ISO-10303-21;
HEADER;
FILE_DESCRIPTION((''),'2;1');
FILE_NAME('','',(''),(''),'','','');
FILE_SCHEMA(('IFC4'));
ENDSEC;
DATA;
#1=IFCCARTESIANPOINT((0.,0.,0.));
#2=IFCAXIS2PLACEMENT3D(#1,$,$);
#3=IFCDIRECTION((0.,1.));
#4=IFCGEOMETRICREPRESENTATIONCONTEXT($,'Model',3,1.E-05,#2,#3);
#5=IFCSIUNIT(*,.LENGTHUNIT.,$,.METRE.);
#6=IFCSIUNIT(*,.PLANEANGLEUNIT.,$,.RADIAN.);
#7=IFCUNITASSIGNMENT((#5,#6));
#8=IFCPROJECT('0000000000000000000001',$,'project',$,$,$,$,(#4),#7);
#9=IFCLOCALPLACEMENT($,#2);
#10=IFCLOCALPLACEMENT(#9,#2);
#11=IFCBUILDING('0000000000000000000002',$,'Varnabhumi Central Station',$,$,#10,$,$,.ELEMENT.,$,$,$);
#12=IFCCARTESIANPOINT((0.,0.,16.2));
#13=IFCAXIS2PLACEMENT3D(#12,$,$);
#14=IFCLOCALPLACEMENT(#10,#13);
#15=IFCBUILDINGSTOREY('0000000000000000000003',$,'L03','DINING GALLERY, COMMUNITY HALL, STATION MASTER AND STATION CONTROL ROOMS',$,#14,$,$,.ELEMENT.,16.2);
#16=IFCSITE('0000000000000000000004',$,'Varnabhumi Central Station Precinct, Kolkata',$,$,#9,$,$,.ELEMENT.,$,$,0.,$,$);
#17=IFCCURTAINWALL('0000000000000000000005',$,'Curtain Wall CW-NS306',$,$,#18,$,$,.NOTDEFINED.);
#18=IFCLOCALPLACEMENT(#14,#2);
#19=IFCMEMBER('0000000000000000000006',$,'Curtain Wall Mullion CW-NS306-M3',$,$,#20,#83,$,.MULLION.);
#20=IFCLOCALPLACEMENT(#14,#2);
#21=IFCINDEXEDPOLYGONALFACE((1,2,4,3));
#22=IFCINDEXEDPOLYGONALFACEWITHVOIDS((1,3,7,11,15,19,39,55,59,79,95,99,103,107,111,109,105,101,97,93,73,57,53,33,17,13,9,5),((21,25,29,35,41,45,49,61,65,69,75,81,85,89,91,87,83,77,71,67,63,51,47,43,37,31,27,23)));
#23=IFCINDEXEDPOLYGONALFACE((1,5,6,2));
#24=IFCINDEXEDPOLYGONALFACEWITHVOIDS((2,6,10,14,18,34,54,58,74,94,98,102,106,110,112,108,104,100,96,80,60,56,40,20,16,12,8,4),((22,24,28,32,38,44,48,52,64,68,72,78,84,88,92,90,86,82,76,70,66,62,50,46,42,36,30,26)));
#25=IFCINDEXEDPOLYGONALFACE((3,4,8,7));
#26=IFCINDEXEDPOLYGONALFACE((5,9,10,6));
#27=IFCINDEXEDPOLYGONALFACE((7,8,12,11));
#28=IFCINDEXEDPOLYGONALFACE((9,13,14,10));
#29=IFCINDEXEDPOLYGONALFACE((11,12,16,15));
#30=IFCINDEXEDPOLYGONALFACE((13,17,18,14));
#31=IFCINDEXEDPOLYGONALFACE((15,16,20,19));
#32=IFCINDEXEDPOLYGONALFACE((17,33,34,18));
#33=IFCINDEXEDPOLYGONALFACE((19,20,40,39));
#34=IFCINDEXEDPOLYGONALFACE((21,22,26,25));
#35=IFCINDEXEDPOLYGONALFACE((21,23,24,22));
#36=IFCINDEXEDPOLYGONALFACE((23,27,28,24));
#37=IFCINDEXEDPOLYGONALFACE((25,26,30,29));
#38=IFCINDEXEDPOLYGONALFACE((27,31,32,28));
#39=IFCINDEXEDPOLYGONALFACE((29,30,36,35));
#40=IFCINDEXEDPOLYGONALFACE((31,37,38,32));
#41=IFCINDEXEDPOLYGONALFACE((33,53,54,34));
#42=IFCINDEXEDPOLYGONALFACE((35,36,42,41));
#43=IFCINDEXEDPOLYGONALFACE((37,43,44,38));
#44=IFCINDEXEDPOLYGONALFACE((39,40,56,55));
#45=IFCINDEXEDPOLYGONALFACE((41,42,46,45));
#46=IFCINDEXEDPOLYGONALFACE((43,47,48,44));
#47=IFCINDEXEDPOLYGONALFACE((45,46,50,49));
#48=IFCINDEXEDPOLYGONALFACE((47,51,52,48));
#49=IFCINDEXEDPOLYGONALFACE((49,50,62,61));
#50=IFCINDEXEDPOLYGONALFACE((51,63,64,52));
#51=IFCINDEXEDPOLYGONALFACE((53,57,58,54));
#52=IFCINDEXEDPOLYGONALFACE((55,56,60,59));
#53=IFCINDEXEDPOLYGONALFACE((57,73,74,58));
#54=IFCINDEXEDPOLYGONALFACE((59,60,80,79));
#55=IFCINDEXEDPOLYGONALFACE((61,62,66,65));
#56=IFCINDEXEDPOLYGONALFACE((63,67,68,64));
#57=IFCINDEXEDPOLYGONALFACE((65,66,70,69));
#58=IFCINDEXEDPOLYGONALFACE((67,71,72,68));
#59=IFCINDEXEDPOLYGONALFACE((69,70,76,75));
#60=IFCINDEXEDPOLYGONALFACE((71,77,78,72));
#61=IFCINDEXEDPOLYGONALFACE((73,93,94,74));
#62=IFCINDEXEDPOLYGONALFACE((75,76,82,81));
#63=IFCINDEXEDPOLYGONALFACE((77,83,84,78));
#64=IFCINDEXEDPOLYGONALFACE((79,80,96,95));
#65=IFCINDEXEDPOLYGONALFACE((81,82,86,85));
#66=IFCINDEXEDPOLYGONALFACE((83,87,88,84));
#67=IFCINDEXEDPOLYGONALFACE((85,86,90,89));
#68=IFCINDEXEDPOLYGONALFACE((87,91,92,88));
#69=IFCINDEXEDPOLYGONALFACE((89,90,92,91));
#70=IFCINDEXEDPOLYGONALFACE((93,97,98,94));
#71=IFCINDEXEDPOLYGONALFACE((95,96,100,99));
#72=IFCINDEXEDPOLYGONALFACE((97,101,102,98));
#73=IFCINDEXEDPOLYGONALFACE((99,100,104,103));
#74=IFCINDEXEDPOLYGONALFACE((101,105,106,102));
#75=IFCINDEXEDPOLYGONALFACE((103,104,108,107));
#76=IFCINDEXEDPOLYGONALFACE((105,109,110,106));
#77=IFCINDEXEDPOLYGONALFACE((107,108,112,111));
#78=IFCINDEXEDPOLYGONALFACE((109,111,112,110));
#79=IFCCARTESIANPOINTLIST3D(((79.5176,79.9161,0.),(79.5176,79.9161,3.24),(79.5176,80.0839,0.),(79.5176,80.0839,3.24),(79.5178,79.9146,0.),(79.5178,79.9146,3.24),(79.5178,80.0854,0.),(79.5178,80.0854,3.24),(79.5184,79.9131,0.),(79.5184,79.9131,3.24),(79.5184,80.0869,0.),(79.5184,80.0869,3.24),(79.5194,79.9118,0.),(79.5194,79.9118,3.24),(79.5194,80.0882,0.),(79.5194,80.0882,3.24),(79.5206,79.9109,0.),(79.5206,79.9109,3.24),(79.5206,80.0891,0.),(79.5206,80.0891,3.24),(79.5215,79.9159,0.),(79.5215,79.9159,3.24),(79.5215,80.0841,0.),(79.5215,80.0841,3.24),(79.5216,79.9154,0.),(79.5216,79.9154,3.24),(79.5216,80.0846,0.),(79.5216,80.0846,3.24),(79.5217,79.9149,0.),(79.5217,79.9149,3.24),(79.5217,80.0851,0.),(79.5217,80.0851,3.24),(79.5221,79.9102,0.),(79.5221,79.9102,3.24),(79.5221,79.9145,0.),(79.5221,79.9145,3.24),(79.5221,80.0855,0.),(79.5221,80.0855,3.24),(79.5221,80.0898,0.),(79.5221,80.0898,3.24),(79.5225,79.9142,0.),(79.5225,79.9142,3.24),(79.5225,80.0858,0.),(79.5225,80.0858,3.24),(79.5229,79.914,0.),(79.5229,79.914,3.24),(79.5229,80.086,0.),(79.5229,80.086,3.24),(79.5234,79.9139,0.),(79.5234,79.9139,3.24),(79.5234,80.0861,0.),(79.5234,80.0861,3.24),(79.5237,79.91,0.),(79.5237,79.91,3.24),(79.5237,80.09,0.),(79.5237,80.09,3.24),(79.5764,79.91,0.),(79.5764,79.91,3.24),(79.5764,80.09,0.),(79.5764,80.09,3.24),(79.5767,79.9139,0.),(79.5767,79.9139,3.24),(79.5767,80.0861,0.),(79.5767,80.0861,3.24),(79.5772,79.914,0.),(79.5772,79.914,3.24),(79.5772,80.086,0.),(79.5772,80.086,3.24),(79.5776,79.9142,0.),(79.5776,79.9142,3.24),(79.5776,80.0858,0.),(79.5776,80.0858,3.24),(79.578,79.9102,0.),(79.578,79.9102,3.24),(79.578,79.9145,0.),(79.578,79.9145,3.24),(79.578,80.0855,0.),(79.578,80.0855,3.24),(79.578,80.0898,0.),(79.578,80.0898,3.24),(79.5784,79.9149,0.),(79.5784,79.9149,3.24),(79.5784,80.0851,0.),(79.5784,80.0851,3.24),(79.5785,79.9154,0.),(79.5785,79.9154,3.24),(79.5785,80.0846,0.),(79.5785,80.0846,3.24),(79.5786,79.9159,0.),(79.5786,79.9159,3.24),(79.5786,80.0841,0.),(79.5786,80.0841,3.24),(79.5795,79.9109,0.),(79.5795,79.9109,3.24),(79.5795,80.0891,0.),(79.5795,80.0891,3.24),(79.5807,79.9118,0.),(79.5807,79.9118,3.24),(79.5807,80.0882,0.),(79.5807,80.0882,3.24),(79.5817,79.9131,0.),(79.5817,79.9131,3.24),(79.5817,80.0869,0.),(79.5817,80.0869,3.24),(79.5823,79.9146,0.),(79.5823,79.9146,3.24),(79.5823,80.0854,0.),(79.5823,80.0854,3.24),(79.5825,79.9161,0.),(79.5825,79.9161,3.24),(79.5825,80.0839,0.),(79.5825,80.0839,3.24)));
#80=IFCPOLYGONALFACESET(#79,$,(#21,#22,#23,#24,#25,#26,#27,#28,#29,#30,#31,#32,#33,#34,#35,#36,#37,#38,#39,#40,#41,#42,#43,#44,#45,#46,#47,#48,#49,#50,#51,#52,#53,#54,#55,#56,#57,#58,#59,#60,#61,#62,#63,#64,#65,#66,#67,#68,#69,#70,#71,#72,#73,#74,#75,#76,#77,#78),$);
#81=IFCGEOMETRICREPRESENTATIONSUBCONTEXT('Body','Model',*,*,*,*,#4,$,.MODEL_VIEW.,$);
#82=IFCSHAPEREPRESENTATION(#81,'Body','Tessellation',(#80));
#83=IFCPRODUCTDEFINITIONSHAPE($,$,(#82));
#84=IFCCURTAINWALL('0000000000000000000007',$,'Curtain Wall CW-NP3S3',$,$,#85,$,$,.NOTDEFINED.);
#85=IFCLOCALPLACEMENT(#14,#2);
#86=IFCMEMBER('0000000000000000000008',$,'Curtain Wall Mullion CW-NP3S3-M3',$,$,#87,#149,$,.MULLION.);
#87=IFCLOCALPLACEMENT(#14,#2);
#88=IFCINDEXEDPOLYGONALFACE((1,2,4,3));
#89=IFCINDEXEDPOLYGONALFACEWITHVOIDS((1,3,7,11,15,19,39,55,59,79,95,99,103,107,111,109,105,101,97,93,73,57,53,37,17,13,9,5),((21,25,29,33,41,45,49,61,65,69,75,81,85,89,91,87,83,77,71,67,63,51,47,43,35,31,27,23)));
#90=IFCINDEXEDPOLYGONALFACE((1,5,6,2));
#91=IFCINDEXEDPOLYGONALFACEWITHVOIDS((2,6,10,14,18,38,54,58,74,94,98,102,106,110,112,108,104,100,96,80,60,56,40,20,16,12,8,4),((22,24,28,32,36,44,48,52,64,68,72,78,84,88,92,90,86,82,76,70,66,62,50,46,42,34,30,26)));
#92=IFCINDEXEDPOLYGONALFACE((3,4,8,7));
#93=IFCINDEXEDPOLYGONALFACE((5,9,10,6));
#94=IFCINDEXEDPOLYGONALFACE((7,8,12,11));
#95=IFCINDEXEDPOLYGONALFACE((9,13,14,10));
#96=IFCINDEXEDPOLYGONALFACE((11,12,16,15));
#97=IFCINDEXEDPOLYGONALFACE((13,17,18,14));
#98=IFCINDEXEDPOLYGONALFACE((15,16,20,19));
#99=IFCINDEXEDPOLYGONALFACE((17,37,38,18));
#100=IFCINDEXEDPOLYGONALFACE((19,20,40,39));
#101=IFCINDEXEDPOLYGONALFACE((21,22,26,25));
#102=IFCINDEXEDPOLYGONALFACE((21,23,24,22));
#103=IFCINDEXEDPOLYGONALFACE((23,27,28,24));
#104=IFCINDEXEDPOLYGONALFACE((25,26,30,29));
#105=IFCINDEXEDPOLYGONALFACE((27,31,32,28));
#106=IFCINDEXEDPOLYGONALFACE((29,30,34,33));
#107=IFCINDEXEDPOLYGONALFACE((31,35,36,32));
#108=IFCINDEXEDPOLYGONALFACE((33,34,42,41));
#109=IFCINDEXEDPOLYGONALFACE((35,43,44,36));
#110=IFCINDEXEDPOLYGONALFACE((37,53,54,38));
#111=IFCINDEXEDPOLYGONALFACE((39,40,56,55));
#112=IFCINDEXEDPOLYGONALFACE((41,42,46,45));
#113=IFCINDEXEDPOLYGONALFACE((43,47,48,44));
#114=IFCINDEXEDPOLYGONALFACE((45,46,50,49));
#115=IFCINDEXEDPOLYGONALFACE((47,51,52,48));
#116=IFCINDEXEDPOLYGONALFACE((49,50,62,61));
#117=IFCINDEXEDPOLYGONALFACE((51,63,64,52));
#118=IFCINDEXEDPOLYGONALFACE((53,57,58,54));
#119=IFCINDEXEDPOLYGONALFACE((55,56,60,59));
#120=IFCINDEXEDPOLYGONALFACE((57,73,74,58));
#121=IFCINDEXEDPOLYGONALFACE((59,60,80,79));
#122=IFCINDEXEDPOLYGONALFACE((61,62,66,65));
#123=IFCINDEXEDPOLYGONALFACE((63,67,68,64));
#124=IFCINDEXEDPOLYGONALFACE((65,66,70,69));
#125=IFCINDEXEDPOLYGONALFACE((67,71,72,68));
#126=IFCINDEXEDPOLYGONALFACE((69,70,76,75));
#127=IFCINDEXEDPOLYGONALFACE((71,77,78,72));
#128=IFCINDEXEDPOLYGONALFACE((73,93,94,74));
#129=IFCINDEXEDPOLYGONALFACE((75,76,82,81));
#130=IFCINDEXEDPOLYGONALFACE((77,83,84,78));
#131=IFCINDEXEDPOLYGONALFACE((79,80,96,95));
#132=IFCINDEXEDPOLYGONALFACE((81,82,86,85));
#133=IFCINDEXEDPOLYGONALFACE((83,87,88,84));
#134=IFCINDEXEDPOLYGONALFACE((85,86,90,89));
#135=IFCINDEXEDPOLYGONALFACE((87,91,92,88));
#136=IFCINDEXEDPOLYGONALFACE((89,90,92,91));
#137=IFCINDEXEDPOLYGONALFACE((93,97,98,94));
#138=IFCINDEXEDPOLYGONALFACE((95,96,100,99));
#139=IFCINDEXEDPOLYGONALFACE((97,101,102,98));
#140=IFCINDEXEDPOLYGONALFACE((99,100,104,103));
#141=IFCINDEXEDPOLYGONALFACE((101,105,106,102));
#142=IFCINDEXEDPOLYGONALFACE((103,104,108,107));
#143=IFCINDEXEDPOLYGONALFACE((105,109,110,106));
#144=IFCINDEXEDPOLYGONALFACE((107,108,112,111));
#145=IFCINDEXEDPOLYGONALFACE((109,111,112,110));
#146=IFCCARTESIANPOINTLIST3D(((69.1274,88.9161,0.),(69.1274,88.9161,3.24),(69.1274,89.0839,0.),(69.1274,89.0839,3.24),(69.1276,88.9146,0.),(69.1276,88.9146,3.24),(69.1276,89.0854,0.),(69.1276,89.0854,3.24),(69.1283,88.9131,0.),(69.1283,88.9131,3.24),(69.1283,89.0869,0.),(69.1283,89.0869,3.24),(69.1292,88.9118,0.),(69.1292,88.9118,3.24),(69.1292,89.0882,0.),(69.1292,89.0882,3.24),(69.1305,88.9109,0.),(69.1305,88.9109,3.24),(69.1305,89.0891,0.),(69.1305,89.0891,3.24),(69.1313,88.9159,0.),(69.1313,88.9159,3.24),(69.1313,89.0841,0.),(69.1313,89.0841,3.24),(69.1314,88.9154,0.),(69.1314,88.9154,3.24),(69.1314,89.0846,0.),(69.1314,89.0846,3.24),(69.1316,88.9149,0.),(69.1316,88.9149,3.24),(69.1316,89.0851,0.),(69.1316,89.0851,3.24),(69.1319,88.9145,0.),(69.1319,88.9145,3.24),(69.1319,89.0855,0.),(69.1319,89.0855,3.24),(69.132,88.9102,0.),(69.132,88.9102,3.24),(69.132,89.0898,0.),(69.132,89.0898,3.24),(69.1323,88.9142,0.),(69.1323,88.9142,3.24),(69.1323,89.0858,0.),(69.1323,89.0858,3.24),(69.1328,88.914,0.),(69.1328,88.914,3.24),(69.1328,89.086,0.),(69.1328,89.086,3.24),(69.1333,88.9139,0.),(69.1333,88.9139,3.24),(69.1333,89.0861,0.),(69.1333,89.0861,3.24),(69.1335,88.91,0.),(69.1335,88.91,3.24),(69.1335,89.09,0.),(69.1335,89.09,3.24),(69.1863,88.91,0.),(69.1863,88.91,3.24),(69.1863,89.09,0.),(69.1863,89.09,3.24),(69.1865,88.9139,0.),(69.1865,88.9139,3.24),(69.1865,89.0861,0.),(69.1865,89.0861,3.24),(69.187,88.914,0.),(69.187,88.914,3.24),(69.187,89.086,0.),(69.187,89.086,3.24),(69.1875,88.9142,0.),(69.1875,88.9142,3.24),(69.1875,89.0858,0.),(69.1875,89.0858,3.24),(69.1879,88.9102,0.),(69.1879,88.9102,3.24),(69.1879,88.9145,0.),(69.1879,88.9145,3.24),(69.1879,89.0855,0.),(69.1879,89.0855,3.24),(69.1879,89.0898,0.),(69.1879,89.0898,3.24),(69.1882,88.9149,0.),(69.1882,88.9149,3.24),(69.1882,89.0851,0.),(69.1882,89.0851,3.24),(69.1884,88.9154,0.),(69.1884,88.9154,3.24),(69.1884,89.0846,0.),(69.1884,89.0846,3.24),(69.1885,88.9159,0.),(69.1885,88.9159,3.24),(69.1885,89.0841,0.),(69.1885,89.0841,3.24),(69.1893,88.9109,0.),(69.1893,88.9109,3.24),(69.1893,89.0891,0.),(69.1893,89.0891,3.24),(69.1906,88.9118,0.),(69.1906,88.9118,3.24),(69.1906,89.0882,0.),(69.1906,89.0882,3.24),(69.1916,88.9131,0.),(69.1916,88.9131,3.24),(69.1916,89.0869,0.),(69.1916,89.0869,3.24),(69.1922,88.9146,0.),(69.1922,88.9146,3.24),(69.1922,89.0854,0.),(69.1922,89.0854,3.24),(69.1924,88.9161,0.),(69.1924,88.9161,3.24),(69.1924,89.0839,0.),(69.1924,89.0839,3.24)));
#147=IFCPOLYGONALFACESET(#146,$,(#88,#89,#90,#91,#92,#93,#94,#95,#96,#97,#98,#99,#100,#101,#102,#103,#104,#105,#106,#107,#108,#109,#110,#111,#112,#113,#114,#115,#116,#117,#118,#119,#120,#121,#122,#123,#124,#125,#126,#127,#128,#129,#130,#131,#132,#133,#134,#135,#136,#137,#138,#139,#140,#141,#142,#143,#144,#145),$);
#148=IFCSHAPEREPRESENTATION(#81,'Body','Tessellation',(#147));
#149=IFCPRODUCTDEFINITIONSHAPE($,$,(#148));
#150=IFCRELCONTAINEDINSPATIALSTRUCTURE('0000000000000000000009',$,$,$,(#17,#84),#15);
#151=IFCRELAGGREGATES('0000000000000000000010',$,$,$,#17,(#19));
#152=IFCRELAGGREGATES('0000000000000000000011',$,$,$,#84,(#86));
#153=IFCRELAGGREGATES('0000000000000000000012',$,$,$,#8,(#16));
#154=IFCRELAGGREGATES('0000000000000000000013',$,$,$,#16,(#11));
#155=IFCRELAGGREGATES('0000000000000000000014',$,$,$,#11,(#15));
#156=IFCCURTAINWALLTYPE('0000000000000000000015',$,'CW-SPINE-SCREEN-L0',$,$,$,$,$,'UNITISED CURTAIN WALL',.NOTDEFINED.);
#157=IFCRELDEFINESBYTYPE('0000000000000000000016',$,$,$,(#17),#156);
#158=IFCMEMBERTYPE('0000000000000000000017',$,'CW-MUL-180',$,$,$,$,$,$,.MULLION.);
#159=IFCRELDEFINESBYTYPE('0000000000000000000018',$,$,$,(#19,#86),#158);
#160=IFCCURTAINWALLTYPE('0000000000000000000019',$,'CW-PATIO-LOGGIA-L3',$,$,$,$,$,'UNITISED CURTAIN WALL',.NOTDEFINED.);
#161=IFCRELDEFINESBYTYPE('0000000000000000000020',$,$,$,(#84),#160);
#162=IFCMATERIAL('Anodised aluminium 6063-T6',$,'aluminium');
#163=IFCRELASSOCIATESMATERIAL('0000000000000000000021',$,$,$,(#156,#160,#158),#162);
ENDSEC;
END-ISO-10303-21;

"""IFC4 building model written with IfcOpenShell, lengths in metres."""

from ifc_helpers import new_model, si_unit, direction, frame, origin, origin_2d, place, context, subcontext, project, spatial, hollow_rectangle, extrude, material, material_profile, profile_set, type_object, element, aggregate, save


model = new_model("IFC4")

# Units and contexts
model_context = context("Model", 3, precision=1e-05, world=origin(), true_north=direction((0.0, 1.0)))
body_context = subcontext(model_context, "Body", "Model", "MODEL_VIEW")
ifc_project = project(units=[si_unit("LENGTHUNIT", "METRE"), si_unit("PLANEANGLEUNIT", "RADIAN")], contexts=[model_context])

# Site, building, storey
site_placement = place(None, origin())
site = spatial("IfcSite", under=ifc_project, at=site_placement, Name="Varnabhumi Central Station Precinct, Kolkata", CompositionType="ELEMENT", RefElevation=0.0)
building_placement = place(site_placement, origin())
building = spatial("IfcBuilding", under=site, at=building_placement, Name="Varnabhumi Central Station", CompositionType="ELEMENT")
storey_placement = place(building_placement, frame((0.0, 0.0, 16.2)))
storey = spatial("IfcBuildingStorey", under=building, at=storey_placement, Name="L03", Description="DINING GALLERY, COMMUNITY HALL, STATION MASTER AND STATION CONTROL ROOMS", CompositionType="ELEMENT", Elevation=16.2)

# Curtain walls, members
ifc_material_1 = material(Name="Anodised aluminium 6063-T6", Category="aluminium")
curtain_wall_type_1 = type_object("IfcCurtainWallType", Name="CW-SPINE-SCREEN-L0", ElementType="UNITISED CURTAIN WALL", PredefinedType="NOTDEFINED", material=ifc_material_1)
curtain_wall_1_placement = place(storey_placement, origin())
curtain_wall_1 = element("IfcCurtainWall", 1, at=curtain_wall_1_placement, inside=storey, type_object=curtain_wall_type_1, Name="Curtain Wall CW-NS306", PredefinedType="NOTDEFINED")
ifc_material_profile_1 = material_profile(ifc_material_1, hollow_rectangle(XDim=0.0649, YDim=0.1799, WallThickness=0.0039, InnerFilletRadius=0.002, OuterFilletRadius=0.0061, at=origin_2d()), Name="Anodised aluminium 6063-T6", Category="aluminium")
ifc_profile_set_1 = profile_set([ifc_material_profile_1], Name="Anodised aluminium 6063-T6")
member_type_1 = type_object("IfcMemberType", Name="CW-MUL-180", PredefinedType="MULLION", material=ifc_profile_set_1)
member_1_placement = place(storey_placement, frame((79.55, 80.0, 0.0), z_axis=(0.0, 0.0, 1.0), x_axis=(1.0, 0.0, 0.0)))
member_1 = element("IfcMember", 2, at=member_1_placement, type_object=member_type_1, Name="Curtain Wall Mullion CW-NS306-M3", PredefinedType="MULLION", context=body_context, shape_type="SweptSolid", body=[
    extrude(hollow_rectangle(XDim=0.0649, YDim=0.1799, WallThickness=0.0039, InnerFilletRadius=0.002, OuterFilletRadius=0.0061, at=origin_2d()), origin(), (0.0, 0.0, 1.0), 3.24),
])
curtain_wall_type_2 = type_object("IfcCurtainWallType", Name="CW-PATIO-LOGGIA-L3", ElementType="UNITISED CURTAIN WALL", PredefinedType="NOTDEFINED", material=ifc_material_1)
curtain_wall_2_placement = place(storey_placement, origin())
curtain_wall_2 = element("IfcCurtainWall", 3, at=curtain_wall_2_placement, inside=storey, type_object=curtain_wall_type_2, Name="Curtain Wall CW-NP3S3", PredefinedType="NOTDEFINED")
member_2_placement = place(storey_placement, frame((69.1599, 89.0, 0.0), z_axis=(0.0, 0.0, 1.0), x_axis=(1.0, 0.0, 0.0)))
member_2 = element("IfcMember", 4, at=member_2_placement, type_object=member_type_1, Name="Curtain Wall Mullion CW-NP3S3-M3", PredefinedType="MULLION", context=body_context, shape_type="SweptSolid", body=[
    extrude(hollow_rectangle(XDim=0.0649, YDim=0.1799, WallThickness=0.0039, InnerFilletRadius=0.002, OuterFilletRadius=0.0061, at=origin_2d()), origin(), (0.0, 0.0, 1.0), 3.24),
])

aggregate(curtain_wall_1, [member_1])
aggregate(curtain_wall_2, [member_2])

save(model, "model.ifc")
